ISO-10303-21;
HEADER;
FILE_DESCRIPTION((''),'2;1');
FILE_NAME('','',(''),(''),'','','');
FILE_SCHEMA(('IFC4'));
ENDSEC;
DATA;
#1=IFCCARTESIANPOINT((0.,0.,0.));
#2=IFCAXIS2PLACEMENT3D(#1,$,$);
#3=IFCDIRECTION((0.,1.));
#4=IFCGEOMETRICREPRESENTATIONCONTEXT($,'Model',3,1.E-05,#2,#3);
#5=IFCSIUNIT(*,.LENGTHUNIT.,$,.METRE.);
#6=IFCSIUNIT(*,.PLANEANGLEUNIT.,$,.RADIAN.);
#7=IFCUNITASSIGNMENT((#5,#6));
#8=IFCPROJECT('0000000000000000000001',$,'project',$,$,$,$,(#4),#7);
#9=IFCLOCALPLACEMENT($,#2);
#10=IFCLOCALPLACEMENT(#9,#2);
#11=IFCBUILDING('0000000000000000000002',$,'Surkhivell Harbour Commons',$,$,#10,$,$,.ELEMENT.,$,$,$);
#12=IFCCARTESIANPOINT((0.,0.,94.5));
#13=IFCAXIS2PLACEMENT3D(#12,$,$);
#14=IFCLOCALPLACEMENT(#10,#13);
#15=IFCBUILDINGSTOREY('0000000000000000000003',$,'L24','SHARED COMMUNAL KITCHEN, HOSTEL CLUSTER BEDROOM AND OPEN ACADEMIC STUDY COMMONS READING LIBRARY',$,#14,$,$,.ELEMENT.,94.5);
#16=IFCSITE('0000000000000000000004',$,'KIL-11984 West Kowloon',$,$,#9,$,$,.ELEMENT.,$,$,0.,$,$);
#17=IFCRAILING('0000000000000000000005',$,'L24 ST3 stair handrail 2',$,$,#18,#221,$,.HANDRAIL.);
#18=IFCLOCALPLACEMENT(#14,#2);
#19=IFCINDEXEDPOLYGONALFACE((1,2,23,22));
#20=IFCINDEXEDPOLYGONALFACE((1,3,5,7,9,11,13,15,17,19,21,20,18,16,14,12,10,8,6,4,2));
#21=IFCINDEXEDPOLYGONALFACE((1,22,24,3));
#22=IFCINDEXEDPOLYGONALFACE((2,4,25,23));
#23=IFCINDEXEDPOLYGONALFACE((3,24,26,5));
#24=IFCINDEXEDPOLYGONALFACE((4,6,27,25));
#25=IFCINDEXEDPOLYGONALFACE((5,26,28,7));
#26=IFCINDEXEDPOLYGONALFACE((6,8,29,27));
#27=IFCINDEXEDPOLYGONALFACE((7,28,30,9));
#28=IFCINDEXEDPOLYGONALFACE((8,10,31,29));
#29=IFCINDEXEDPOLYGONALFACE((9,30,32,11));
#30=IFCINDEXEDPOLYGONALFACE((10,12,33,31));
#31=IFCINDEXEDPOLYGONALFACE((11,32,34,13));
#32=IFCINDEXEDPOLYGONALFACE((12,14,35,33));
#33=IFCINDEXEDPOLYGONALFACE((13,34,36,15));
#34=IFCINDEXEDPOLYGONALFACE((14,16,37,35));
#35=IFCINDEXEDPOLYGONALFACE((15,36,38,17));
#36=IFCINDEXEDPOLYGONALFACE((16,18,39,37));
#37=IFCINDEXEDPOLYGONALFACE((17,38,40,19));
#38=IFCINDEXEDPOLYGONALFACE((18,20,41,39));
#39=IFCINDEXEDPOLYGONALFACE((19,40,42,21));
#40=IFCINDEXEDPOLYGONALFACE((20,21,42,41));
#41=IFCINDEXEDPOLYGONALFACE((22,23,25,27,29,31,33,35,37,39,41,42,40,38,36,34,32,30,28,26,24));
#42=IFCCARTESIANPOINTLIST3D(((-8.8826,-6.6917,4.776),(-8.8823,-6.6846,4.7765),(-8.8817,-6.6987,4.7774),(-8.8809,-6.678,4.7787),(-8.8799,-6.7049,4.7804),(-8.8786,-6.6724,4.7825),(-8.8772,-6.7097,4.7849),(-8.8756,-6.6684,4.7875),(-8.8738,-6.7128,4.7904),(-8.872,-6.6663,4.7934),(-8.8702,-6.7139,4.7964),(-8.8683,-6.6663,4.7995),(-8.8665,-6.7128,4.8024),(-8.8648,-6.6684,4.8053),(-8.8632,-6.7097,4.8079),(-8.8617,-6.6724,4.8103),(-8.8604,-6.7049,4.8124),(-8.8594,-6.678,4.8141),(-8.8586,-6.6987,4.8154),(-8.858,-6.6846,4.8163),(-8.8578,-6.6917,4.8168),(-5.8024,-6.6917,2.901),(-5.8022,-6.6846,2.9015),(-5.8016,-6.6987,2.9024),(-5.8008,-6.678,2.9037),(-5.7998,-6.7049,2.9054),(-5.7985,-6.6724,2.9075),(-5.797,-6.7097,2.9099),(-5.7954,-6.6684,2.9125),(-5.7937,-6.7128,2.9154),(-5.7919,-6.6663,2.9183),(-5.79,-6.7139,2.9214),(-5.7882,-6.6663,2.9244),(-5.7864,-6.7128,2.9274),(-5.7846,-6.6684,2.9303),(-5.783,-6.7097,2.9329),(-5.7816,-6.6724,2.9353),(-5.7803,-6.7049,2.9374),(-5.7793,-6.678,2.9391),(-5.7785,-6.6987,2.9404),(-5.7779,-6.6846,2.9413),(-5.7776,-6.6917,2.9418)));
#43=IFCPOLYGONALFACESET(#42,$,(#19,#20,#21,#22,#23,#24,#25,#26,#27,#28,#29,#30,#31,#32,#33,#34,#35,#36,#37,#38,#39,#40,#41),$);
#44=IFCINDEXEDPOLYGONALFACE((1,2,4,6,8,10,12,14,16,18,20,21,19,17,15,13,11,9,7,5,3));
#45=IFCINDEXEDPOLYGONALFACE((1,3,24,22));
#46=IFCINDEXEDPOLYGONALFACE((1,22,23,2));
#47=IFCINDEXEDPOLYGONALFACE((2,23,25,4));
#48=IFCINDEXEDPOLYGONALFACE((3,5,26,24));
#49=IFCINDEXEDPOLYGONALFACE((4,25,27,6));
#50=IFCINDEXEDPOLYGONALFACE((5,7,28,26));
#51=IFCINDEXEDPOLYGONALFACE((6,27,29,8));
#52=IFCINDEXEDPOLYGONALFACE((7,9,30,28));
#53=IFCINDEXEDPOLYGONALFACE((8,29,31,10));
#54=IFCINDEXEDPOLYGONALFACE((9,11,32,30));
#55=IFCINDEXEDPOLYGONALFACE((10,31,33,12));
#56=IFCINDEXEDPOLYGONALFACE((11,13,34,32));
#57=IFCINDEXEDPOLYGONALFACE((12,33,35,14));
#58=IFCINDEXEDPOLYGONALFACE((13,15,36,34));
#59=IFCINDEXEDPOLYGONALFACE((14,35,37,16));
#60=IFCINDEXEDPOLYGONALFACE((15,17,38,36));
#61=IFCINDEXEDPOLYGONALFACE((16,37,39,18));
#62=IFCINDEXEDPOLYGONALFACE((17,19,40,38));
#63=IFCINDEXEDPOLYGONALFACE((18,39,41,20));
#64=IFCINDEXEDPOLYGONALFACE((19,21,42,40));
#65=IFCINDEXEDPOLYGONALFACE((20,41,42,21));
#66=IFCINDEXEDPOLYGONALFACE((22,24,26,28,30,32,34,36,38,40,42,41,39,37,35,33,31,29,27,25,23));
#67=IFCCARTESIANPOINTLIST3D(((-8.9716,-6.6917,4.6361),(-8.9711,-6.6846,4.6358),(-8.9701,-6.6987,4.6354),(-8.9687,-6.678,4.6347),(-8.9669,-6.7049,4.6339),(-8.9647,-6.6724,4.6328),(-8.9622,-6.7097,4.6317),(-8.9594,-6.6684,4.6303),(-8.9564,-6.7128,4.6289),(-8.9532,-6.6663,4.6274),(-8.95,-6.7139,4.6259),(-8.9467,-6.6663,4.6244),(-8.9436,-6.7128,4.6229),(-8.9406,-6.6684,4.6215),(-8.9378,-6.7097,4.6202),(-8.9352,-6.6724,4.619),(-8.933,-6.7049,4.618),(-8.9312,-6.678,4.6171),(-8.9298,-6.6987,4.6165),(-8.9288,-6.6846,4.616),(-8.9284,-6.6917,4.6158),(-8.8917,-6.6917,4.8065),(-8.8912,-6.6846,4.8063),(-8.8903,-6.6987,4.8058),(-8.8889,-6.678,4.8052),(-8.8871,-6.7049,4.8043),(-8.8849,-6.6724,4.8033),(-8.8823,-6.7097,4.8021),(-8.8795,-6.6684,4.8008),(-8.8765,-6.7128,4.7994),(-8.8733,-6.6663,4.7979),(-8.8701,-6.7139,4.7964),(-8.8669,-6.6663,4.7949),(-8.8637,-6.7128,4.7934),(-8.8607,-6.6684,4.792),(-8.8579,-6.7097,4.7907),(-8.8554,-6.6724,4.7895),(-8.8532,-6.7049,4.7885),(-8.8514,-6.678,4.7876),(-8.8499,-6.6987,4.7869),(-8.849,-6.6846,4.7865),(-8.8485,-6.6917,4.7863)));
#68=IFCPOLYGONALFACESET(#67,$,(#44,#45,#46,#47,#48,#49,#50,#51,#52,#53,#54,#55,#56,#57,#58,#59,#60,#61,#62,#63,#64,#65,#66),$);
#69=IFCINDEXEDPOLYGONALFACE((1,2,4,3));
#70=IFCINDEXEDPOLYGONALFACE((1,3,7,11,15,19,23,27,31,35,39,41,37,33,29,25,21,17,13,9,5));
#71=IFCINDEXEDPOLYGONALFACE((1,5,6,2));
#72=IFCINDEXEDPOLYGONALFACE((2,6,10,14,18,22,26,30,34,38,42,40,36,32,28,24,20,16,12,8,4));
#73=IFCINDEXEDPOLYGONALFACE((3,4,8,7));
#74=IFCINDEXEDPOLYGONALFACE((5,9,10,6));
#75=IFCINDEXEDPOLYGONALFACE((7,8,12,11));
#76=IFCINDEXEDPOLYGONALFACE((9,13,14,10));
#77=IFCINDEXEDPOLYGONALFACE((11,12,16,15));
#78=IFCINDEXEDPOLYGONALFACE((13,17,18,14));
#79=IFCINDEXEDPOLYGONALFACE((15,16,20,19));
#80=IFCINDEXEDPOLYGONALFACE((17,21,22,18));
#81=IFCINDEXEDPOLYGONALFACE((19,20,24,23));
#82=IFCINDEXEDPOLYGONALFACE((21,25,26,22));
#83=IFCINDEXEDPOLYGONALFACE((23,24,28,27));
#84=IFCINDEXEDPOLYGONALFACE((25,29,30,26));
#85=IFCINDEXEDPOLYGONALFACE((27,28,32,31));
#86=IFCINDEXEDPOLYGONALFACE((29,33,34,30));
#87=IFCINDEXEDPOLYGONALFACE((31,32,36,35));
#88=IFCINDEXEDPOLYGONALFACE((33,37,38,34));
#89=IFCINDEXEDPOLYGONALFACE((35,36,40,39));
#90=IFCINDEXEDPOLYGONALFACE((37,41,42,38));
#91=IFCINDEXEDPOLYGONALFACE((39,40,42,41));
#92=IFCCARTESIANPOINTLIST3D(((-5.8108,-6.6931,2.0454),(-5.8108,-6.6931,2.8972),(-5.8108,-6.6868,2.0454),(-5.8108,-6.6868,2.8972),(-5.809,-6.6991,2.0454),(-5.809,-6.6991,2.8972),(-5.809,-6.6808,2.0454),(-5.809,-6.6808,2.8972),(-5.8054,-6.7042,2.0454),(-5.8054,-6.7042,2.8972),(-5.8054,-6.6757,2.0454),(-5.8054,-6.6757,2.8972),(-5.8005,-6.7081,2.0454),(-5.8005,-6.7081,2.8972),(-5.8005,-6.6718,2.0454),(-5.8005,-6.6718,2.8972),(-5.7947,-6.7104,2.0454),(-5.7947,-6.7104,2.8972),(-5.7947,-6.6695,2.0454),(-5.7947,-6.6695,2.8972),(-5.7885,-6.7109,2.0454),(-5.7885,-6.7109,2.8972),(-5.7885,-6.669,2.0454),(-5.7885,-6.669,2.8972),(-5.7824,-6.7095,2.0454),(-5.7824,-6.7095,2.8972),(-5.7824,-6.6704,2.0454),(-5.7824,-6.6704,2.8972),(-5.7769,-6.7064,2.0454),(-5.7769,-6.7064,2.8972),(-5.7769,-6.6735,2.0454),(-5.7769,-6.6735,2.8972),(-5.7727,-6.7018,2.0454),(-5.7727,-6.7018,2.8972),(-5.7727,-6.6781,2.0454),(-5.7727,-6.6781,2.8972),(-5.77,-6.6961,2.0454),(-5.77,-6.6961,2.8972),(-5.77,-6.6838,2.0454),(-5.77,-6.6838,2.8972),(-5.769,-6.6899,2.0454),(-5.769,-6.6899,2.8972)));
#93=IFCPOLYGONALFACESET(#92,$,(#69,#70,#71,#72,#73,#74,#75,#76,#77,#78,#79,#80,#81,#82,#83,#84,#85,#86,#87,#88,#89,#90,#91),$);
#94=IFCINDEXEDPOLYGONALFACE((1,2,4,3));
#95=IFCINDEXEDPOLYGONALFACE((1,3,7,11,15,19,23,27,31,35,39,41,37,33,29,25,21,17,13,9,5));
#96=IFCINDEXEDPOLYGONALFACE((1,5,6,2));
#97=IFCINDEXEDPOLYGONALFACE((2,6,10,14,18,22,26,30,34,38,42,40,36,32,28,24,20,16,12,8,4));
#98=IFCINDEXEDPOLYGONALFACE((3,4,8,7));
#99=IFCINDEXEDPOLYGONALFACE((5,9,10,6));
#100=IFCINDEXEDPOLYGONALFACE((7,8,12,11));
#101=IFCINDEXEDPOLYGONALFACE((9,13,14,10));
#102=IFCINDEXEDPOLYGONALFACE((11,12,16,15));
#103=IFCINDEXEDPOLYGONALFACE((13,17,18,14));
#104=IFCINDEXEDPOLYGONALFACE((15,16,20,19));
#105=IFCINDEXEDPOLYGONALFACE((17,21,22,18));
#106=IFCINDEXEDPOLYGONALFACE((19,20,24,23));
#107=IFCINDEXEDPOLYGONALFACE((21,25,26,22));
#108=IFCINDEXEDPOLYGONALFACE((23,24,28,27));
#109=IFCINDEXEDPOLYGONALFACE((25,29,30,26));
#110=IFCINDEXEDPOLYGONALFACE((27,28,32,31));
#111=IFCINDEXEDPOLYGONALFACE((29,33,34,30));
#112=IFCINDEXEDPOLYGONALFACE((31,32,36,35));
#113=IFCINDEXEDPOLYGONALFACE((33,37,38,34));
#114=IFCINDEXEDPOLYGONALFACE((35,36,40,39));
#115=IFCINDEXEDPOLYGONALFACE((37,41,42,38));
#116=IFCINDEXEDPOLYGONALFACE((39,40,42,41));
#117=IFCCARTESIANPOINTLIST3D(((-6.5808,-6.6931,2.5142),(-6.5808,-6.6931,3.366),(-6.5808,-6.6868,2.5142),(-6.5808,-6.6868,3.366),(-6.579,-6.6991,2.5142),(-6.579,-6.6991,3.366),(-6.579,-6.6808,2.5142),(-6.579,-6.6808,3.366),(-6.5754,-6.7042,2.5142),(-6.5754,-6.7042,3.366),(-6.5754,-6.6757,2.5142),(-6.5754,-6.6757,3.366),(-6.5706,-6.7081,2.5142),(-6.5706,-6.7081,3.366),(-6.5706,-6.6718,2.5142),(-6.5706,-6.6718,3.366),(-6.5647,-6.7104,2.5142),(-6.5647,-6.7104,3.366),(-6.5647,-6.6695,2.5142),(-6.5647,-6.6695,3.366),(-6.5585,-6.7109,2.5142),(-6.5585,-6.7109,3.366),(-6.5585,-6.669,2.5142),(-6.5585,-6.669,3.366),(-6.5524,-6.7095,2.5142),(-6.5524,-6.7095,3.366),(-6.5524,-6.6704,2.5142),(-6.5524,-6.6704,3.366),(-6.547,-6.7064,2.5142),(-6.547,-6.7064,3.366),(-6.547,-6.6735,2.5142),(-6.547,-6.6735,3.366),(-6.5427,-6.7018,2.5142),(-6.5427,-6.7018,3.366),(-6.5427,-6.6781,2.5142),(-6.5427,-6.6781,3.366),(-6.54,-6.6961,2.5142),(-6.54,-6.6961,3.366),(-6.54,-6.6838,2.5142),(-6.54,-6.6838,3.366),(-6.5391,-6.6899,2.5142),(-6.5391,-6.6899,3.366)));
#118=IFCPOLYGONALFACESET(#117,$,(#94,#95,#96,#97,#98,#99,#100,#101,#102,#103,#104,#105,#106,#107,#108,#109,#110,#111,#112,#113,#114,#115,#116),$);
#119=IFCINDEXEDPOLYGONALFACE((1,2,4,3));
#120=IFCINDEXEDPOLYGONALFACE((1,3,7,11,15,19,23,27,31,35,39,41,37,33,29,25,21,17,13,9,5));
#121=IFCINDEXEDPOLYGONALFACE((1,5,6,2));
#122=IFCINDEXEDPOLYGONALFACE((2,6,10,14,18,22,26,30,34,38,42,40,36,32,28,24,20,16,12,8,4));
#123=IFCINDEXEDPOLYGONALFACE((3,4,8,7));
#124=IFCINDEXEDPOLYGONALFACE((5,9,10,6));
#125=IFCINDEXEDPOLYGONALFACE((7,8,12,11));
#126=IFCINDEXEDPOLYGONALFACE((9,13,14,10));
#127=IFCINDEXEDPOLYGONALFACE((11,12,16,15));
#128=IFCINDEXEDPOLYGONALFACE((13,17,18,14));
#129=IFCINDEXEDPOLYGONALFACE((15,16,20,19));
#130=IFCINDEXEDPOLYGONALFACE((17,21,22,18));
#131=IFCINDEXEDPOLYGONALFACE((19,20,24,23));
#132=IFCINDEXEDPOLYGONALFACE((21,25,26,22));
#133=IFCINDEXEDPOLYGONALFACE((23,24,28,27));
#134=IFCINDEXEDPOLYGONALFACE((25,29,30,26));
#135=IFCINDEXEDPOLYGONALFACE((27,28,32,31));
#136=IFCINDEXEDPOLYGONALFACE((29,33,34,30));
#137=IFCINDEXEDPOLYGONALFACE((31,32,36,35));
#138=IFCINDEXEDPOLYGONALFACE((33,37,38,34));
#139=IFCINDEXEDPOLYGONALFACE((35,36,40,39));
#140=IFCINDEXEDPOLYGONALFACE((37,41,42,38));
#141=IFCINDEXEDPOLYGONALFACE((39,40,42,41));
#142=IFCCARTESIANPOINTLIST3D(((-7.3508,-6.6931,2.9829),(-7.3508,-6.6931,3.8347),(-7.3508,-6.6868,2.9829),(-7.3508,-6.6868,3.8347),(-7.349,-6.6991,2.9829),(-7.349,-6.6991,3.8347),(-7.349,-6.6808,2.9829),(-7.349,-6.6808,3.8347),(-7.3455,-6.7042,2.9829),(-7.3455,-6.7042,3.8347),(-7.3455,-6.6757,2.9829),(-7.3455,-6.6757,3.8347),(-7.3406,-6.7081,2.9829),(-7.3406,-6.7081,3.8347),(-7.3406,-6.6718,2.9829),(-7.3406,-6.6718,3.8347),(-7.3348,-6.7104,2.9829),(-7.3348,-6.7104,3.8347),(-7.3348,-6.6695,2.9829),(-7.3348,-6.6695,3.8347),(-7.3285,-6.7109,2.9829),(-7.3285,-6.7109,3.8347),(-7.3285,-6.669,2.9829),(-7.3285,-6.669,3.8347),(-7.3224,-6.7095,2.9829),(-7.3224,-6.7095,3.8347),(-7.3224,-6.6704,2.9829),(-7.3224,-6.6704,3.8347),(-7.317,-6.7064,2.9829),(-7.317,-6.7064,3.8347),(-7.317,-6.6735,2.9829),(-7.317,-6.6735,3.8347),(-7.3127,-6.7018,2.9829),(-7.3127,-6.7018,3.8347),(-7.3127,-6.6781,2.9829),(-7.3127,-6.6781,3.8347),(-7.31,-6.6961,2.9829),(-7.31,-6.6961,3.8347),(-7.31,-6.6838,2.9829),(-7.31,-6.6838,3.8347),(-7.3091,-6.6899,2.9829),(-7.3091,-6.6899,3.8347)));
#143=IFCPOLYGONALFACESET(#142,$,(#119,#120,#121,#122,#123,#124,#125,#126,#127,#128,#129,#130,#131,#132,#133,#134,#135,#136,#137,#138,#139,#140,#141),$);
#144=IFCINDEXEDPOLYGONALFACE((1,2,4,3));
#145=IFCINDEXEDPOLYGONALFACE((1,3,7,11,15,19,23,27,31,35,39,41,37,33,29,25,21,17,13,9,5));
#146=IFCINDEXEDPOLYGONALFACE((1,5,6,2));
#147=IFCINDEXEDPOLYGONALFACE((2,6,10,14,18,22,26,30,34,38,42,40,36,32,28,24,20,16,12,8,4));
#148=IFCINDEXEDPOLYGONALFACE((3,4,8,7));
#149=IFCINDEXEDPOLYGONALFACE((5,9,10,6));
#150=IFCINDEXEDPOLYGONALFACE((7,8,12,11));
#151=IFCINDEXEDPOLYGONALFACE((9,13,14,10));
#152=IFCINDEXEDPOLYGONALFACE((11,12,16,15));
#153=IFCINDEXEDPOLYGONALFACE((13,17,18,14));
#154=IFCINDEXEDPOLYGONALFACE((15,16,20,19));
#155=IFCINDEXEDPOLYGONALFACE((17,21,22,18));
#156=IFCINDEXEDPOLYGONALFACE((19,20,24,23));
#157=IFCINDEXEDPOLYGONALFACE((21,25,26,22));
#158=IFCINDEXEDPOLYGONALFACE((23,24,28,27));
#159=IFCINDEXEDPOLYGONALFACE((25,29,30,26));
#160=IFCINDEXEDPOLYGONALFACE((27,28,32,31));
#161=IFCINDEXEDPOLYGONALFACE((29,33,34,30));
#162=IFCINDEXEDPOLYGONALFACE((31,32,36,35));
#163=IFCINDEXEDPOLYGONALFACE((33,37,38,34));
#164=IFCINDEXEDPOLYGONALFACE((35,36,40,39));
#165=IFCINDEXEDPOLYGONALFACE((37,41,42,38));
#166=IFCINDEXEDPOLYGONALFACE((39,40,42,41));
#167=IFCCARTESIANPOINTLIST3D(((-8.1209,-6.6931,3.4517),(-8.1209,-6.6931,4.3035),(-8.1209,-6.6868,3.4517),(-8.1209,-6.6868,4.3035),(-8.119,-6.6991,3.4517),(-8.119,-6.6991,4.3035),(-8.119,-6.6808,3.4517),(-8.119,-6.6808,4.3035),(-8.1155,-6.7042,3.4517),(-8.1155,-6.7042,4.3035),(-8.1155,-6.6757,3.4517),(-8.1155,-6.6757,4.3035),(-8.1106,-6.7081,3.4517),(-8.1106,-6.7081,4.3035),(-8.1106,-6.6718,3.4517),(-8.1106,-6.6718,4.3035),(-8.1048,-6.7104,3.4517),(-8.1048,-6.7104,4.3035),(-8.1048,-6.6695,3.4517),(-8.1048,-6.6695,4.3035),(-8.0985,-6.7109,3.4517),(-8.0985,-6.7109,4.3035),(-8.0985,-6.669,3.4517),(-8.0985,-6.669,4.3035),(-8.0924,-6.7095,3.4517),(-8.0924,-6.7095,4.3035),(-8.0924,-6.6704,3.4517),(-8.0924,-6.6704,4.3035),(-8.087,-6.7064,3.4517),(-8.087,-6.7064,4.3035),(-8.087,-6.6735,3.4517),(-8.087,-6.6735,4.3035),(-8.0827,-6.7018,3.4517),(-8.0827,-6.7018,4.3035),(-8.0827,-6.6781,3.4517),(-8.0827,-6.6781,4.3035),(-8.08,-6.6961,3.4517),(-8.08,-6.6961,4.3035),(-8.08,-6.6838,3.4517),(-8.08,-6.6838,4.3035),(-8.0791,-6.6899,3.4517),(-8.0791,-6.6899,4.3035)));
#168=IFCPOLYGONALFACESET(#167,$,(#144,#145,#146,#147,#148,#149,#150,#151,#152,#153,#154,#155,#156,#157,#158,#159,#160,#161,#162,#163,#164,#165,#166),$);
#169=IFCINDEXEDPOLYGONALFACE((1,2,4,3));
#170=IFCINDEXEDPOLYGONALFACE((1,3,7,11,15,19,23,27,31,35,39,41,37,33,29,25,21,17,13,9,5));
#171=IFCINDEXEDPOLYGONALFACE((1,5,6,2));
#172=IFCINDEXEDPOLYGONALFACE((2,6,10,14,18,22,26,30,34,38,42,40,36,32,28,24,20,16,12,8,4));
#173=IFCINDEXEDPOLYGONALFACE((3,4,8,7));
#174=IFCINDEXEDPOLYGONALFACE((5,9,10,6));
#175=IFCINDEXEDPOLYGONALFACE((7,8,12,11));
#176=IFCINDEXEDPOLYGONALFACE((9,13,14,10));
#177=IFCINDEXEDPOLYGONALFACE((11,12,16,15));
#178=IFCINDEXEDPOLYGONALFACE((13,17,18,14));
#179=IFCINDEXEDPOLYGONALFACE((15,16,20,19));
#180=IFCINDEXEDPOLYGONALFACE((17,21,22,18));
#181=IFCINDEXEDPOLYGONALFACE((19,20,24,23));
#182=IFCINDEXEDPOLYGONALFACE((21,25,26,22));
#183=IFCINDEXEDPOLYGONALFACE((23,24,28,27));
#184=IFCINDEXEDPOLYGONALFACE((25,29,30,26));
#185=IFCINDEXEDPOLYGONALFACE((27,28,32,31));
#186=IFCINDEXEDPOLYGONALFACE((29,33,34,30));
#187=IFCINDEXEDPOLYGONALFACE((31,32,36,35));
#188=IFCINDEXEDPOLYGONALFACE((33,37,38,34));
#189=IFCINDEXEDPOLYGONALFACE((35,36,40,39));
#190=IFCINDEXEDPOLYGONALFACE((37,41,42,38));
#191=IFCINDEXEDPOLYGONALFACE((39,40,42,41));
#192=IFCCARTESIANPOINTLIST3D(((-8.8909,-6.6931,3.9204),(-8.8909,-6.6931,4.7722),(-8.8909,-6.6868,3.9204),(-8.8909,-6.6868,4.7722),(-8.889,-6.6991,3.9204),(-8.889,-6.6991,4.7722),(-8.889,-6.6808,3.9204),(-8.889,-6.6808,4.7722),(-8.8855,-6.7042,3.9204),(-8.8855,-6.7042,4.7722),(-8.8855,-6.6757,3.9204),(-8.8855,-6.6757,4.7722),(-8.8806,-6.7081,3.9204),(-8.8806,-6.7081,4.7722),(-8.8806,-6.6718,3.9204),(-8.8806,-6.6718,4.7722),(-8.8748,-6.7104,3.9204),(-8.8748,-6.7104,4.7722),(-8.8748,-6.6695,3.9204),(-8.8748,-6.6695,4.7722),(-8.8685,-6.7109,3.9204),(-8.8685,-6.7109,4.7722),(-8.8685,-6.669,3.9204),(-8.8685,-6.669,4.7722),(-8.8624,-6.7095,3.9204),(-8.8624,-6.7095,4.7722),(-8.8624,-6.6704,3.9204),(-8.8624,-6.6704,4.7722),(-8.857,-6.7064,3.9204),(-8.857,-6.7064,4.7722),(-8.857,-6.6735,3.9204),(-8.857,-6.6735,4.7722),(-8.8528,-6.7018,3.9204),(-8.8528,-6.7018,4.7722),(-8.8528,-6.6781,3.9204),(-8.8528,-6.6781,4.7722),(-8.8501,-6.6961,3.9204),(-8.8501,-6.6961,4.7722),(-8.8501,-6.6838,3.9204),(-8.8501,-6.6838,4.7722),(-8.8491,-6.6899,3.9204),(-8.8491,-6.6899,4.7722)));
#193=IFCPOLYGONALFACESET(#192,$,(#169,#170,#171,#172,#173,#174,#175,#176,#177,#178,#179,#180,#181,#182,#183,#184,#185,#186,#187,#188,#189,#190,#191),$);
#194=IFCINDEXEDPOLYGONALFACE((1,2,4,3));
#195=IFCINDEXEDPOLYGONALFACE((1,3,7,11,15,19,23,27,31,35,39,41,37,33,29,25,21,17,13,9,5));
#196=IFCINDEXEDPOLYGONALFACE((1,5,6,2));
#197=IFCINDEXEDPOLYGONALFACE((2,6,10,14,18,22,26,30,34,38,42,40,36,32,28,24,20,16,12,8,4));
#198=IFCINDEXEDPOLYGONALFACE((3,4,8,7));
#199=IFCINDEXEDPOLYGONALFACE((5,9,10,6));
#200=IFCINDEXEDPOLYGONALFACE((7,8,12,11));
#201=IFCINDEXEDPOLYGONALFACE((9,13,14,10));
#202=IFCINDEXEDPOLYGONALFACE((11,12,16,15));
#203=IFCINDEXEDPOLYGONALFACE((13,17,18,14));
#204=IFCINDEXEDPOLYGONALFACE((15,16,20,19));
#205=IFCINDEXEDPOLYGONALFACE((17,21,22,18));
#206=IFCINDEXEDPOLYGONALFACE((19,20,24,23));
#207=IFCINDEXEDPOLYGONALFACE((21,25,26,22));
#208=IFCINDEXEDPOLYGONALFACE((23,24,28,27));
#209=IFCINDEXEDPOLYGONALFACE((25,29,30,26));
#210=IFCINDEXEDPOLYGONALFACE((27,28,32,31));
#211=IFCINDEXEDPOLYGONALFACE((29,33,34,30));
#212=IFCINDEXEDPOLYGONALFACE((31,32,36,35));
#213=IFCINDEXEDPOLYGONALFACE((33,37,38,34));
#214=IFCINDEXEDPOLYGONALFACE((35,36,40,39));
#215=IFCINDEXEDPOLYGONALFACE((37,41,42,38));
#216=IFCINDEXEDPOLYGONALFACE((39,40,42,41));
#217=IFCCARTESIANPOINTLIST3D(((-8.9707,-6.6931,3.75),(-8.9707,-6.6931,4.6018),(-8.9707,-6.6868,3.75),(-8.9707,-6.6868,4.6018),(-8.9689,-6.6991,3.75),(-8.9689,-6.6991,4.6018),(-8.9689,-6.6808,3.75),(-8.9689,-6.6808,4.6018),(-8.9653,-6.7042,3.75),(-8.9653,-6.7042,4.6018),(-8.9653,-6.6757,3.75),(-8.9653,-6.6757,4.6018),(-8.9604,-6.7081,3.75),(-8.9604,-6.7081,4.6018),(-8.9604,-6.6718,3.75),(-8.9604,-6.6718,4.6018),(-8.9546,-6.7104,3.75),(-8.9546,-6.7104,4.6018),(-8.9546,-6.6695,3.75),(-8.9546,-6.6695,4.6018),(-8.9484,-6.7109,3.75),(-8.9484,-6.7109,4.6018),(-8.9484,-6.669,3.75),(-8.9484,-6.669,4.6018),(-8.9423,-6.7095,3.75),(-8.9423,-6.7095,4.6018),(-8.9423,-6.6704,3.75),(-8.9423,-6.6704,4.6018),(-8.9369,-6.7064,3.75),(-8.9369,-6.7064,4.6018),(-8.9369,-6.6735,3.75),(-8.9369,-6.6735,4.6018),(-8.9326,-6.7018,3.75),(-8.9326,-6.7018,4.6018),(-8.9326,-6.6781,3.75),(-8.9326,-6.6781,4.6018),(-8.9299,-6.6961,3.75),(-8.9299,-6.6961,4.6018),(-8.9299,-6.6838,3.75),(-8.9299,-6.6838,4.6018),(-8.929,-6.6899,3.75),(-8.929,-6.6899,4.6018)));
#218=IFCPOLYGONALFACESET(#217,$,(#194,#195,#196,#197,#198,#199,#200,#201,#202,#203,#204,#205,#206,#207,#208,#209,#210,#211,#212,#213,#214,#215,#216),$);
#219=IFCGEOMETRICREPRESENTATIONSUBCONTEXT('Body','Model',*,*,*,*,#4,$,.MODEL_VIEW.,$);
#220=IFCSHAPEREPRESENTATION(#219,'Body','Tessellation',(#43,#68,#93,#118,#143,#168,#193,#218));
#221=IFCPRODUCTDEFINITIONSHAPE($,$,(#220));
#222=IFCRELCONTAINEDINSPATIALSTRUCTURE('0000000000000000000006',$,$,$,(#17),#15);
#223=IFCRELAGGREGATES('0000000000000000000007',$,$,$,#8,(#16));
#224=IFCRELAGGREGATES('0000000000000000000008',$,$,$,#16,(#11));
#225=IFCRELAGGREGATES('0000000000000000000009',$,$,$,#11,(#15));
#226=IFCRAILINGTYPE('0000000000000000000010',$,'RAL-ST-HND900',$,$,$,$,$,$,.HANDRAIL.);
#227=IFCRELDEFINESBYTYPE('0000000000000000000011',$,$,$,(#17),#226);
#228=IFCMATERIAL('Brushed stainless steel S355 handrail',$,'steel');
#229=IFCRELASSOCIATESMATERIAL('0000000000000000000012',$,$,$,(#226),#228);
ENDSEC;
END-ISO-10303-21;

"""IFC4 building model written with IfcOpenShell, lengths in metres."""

from ifc_helpers import new_model, si_unit, direction, frame, origin, origin_2d, place, context, subcontext, project, spatial, circle, extrude, material, type_object, element, save


model = new_model("IFC4")

# Units and contexts
model_context = context("Model", 3, precision=1e-05, world=origin(), true_north=direction((0.0, 1.0)))
body_context = subcontext(model_context, "Body", "Model", "MODEL_VIEW")
ifc_project = project(units=[si_unit("LENGTHUNIT", "METRE"), si_unit("PLANEANGLEUNIT", "RADIAN")], contexts=[model_context])

# Site, building, storey
site_placement = place(None, origin())
site = spatial("IfcSite", under=ifc_project, at=site_placement, Name="KIL-11984 West Kowloon", CompositionType="ELEMENT", RefElevation=0.0)
building_placement = place(site_placement, origin())
building = spatial("IfcBuilding", under=site, at=building_placement, Name="Surkhivell Harbour Commons", CompositionType="ELEMENT")
storey_placement = place(building_placement, frame((0.0, 0.0, 94.5)))
storey = spatial("IfcBuildingStorey", under=building, at=storey_placement, Name="L24", Description="SHARED COMMUNAL KITCHEN, HOSTEL CLUSTER BEDROOM AND OPEN ACADEMIC STUDY COMMONS READING LIBRARY", CompositionType="ELEMENT", Elevation=94.5)

# Railing
ifc_material_1 = material(Name="Brushed stainless steel S355 handrail", Category="steel")
railing_type_1 = type_object("IfcRailingType", Name="RAL-ST-HND900", PredefinedType="HANDRAIL", material=ifc_material_1)
railing_1_placement = place(storey_placement, frame((-5.79, -6.6899, 2.0454)))
element("IfcRailing", 1, at=railing_1_placement, inside=storey, type_object=railing_type_1, Name="L24 ST3 stair handrail 2", PredefinedType="HANDRAIL", context=body_context, shape_type="SweptSolid", body=[
    extrude(circle(Radius=0.0239, at=origin_2d()), frame((0.0, 0.0, 0.876), z_axis=(-0.854178, 0.0, 0.519981), x_axis=(0.0, -1.0, 0.0)), (0.0, 0.0, 1.0), 3.606),
    extrude(circle(Radius=0.0239, at=origin_2d()), frame((-3.0801, 0.0, 2.751), z_axis=(-0.424234, 0.0, -0.905552), x_axis=(0.0, -1.0, 0.0)), (0.0, 0.0, 1.0), 0.1882),
    extrude(circle(Radius=0.021, at=origin_2d()), origin(), (0.0, 0.0, 1.0), 0.8518),
    extrude(circle(Radius=0.021, at=origin_2d()), frame((-0.77, 0.0, 0.4688)), (0.0, 0.0, 1.0), 0.8518),
    extrude(circle(Radius=0.021, at=origin_2d()), frame((-1.54, 0.0, 0.9375)), (0.0, 0.0, 1.0), 0.8518),
    extrude(circle(Radius=0.021, at=origin_2d()), frame((-2.3101, 0.0, 1.4062)), (0.0, 0.0, 1.0), 0.8518),
    extrude(circle(Radius=0.021, at=origin_2d()), frame((-3.0801, 0.0, 1.875)), (0.0, 0.0, 1.0), 0.8518),
    extrude(circle(Radius=0.021, at=origin_2d()), frame((-3.1599, 0.0, 1.7046)), (0.0, 0.0, 1.0), 0.8518),
])

save(model, "model.ifc")
